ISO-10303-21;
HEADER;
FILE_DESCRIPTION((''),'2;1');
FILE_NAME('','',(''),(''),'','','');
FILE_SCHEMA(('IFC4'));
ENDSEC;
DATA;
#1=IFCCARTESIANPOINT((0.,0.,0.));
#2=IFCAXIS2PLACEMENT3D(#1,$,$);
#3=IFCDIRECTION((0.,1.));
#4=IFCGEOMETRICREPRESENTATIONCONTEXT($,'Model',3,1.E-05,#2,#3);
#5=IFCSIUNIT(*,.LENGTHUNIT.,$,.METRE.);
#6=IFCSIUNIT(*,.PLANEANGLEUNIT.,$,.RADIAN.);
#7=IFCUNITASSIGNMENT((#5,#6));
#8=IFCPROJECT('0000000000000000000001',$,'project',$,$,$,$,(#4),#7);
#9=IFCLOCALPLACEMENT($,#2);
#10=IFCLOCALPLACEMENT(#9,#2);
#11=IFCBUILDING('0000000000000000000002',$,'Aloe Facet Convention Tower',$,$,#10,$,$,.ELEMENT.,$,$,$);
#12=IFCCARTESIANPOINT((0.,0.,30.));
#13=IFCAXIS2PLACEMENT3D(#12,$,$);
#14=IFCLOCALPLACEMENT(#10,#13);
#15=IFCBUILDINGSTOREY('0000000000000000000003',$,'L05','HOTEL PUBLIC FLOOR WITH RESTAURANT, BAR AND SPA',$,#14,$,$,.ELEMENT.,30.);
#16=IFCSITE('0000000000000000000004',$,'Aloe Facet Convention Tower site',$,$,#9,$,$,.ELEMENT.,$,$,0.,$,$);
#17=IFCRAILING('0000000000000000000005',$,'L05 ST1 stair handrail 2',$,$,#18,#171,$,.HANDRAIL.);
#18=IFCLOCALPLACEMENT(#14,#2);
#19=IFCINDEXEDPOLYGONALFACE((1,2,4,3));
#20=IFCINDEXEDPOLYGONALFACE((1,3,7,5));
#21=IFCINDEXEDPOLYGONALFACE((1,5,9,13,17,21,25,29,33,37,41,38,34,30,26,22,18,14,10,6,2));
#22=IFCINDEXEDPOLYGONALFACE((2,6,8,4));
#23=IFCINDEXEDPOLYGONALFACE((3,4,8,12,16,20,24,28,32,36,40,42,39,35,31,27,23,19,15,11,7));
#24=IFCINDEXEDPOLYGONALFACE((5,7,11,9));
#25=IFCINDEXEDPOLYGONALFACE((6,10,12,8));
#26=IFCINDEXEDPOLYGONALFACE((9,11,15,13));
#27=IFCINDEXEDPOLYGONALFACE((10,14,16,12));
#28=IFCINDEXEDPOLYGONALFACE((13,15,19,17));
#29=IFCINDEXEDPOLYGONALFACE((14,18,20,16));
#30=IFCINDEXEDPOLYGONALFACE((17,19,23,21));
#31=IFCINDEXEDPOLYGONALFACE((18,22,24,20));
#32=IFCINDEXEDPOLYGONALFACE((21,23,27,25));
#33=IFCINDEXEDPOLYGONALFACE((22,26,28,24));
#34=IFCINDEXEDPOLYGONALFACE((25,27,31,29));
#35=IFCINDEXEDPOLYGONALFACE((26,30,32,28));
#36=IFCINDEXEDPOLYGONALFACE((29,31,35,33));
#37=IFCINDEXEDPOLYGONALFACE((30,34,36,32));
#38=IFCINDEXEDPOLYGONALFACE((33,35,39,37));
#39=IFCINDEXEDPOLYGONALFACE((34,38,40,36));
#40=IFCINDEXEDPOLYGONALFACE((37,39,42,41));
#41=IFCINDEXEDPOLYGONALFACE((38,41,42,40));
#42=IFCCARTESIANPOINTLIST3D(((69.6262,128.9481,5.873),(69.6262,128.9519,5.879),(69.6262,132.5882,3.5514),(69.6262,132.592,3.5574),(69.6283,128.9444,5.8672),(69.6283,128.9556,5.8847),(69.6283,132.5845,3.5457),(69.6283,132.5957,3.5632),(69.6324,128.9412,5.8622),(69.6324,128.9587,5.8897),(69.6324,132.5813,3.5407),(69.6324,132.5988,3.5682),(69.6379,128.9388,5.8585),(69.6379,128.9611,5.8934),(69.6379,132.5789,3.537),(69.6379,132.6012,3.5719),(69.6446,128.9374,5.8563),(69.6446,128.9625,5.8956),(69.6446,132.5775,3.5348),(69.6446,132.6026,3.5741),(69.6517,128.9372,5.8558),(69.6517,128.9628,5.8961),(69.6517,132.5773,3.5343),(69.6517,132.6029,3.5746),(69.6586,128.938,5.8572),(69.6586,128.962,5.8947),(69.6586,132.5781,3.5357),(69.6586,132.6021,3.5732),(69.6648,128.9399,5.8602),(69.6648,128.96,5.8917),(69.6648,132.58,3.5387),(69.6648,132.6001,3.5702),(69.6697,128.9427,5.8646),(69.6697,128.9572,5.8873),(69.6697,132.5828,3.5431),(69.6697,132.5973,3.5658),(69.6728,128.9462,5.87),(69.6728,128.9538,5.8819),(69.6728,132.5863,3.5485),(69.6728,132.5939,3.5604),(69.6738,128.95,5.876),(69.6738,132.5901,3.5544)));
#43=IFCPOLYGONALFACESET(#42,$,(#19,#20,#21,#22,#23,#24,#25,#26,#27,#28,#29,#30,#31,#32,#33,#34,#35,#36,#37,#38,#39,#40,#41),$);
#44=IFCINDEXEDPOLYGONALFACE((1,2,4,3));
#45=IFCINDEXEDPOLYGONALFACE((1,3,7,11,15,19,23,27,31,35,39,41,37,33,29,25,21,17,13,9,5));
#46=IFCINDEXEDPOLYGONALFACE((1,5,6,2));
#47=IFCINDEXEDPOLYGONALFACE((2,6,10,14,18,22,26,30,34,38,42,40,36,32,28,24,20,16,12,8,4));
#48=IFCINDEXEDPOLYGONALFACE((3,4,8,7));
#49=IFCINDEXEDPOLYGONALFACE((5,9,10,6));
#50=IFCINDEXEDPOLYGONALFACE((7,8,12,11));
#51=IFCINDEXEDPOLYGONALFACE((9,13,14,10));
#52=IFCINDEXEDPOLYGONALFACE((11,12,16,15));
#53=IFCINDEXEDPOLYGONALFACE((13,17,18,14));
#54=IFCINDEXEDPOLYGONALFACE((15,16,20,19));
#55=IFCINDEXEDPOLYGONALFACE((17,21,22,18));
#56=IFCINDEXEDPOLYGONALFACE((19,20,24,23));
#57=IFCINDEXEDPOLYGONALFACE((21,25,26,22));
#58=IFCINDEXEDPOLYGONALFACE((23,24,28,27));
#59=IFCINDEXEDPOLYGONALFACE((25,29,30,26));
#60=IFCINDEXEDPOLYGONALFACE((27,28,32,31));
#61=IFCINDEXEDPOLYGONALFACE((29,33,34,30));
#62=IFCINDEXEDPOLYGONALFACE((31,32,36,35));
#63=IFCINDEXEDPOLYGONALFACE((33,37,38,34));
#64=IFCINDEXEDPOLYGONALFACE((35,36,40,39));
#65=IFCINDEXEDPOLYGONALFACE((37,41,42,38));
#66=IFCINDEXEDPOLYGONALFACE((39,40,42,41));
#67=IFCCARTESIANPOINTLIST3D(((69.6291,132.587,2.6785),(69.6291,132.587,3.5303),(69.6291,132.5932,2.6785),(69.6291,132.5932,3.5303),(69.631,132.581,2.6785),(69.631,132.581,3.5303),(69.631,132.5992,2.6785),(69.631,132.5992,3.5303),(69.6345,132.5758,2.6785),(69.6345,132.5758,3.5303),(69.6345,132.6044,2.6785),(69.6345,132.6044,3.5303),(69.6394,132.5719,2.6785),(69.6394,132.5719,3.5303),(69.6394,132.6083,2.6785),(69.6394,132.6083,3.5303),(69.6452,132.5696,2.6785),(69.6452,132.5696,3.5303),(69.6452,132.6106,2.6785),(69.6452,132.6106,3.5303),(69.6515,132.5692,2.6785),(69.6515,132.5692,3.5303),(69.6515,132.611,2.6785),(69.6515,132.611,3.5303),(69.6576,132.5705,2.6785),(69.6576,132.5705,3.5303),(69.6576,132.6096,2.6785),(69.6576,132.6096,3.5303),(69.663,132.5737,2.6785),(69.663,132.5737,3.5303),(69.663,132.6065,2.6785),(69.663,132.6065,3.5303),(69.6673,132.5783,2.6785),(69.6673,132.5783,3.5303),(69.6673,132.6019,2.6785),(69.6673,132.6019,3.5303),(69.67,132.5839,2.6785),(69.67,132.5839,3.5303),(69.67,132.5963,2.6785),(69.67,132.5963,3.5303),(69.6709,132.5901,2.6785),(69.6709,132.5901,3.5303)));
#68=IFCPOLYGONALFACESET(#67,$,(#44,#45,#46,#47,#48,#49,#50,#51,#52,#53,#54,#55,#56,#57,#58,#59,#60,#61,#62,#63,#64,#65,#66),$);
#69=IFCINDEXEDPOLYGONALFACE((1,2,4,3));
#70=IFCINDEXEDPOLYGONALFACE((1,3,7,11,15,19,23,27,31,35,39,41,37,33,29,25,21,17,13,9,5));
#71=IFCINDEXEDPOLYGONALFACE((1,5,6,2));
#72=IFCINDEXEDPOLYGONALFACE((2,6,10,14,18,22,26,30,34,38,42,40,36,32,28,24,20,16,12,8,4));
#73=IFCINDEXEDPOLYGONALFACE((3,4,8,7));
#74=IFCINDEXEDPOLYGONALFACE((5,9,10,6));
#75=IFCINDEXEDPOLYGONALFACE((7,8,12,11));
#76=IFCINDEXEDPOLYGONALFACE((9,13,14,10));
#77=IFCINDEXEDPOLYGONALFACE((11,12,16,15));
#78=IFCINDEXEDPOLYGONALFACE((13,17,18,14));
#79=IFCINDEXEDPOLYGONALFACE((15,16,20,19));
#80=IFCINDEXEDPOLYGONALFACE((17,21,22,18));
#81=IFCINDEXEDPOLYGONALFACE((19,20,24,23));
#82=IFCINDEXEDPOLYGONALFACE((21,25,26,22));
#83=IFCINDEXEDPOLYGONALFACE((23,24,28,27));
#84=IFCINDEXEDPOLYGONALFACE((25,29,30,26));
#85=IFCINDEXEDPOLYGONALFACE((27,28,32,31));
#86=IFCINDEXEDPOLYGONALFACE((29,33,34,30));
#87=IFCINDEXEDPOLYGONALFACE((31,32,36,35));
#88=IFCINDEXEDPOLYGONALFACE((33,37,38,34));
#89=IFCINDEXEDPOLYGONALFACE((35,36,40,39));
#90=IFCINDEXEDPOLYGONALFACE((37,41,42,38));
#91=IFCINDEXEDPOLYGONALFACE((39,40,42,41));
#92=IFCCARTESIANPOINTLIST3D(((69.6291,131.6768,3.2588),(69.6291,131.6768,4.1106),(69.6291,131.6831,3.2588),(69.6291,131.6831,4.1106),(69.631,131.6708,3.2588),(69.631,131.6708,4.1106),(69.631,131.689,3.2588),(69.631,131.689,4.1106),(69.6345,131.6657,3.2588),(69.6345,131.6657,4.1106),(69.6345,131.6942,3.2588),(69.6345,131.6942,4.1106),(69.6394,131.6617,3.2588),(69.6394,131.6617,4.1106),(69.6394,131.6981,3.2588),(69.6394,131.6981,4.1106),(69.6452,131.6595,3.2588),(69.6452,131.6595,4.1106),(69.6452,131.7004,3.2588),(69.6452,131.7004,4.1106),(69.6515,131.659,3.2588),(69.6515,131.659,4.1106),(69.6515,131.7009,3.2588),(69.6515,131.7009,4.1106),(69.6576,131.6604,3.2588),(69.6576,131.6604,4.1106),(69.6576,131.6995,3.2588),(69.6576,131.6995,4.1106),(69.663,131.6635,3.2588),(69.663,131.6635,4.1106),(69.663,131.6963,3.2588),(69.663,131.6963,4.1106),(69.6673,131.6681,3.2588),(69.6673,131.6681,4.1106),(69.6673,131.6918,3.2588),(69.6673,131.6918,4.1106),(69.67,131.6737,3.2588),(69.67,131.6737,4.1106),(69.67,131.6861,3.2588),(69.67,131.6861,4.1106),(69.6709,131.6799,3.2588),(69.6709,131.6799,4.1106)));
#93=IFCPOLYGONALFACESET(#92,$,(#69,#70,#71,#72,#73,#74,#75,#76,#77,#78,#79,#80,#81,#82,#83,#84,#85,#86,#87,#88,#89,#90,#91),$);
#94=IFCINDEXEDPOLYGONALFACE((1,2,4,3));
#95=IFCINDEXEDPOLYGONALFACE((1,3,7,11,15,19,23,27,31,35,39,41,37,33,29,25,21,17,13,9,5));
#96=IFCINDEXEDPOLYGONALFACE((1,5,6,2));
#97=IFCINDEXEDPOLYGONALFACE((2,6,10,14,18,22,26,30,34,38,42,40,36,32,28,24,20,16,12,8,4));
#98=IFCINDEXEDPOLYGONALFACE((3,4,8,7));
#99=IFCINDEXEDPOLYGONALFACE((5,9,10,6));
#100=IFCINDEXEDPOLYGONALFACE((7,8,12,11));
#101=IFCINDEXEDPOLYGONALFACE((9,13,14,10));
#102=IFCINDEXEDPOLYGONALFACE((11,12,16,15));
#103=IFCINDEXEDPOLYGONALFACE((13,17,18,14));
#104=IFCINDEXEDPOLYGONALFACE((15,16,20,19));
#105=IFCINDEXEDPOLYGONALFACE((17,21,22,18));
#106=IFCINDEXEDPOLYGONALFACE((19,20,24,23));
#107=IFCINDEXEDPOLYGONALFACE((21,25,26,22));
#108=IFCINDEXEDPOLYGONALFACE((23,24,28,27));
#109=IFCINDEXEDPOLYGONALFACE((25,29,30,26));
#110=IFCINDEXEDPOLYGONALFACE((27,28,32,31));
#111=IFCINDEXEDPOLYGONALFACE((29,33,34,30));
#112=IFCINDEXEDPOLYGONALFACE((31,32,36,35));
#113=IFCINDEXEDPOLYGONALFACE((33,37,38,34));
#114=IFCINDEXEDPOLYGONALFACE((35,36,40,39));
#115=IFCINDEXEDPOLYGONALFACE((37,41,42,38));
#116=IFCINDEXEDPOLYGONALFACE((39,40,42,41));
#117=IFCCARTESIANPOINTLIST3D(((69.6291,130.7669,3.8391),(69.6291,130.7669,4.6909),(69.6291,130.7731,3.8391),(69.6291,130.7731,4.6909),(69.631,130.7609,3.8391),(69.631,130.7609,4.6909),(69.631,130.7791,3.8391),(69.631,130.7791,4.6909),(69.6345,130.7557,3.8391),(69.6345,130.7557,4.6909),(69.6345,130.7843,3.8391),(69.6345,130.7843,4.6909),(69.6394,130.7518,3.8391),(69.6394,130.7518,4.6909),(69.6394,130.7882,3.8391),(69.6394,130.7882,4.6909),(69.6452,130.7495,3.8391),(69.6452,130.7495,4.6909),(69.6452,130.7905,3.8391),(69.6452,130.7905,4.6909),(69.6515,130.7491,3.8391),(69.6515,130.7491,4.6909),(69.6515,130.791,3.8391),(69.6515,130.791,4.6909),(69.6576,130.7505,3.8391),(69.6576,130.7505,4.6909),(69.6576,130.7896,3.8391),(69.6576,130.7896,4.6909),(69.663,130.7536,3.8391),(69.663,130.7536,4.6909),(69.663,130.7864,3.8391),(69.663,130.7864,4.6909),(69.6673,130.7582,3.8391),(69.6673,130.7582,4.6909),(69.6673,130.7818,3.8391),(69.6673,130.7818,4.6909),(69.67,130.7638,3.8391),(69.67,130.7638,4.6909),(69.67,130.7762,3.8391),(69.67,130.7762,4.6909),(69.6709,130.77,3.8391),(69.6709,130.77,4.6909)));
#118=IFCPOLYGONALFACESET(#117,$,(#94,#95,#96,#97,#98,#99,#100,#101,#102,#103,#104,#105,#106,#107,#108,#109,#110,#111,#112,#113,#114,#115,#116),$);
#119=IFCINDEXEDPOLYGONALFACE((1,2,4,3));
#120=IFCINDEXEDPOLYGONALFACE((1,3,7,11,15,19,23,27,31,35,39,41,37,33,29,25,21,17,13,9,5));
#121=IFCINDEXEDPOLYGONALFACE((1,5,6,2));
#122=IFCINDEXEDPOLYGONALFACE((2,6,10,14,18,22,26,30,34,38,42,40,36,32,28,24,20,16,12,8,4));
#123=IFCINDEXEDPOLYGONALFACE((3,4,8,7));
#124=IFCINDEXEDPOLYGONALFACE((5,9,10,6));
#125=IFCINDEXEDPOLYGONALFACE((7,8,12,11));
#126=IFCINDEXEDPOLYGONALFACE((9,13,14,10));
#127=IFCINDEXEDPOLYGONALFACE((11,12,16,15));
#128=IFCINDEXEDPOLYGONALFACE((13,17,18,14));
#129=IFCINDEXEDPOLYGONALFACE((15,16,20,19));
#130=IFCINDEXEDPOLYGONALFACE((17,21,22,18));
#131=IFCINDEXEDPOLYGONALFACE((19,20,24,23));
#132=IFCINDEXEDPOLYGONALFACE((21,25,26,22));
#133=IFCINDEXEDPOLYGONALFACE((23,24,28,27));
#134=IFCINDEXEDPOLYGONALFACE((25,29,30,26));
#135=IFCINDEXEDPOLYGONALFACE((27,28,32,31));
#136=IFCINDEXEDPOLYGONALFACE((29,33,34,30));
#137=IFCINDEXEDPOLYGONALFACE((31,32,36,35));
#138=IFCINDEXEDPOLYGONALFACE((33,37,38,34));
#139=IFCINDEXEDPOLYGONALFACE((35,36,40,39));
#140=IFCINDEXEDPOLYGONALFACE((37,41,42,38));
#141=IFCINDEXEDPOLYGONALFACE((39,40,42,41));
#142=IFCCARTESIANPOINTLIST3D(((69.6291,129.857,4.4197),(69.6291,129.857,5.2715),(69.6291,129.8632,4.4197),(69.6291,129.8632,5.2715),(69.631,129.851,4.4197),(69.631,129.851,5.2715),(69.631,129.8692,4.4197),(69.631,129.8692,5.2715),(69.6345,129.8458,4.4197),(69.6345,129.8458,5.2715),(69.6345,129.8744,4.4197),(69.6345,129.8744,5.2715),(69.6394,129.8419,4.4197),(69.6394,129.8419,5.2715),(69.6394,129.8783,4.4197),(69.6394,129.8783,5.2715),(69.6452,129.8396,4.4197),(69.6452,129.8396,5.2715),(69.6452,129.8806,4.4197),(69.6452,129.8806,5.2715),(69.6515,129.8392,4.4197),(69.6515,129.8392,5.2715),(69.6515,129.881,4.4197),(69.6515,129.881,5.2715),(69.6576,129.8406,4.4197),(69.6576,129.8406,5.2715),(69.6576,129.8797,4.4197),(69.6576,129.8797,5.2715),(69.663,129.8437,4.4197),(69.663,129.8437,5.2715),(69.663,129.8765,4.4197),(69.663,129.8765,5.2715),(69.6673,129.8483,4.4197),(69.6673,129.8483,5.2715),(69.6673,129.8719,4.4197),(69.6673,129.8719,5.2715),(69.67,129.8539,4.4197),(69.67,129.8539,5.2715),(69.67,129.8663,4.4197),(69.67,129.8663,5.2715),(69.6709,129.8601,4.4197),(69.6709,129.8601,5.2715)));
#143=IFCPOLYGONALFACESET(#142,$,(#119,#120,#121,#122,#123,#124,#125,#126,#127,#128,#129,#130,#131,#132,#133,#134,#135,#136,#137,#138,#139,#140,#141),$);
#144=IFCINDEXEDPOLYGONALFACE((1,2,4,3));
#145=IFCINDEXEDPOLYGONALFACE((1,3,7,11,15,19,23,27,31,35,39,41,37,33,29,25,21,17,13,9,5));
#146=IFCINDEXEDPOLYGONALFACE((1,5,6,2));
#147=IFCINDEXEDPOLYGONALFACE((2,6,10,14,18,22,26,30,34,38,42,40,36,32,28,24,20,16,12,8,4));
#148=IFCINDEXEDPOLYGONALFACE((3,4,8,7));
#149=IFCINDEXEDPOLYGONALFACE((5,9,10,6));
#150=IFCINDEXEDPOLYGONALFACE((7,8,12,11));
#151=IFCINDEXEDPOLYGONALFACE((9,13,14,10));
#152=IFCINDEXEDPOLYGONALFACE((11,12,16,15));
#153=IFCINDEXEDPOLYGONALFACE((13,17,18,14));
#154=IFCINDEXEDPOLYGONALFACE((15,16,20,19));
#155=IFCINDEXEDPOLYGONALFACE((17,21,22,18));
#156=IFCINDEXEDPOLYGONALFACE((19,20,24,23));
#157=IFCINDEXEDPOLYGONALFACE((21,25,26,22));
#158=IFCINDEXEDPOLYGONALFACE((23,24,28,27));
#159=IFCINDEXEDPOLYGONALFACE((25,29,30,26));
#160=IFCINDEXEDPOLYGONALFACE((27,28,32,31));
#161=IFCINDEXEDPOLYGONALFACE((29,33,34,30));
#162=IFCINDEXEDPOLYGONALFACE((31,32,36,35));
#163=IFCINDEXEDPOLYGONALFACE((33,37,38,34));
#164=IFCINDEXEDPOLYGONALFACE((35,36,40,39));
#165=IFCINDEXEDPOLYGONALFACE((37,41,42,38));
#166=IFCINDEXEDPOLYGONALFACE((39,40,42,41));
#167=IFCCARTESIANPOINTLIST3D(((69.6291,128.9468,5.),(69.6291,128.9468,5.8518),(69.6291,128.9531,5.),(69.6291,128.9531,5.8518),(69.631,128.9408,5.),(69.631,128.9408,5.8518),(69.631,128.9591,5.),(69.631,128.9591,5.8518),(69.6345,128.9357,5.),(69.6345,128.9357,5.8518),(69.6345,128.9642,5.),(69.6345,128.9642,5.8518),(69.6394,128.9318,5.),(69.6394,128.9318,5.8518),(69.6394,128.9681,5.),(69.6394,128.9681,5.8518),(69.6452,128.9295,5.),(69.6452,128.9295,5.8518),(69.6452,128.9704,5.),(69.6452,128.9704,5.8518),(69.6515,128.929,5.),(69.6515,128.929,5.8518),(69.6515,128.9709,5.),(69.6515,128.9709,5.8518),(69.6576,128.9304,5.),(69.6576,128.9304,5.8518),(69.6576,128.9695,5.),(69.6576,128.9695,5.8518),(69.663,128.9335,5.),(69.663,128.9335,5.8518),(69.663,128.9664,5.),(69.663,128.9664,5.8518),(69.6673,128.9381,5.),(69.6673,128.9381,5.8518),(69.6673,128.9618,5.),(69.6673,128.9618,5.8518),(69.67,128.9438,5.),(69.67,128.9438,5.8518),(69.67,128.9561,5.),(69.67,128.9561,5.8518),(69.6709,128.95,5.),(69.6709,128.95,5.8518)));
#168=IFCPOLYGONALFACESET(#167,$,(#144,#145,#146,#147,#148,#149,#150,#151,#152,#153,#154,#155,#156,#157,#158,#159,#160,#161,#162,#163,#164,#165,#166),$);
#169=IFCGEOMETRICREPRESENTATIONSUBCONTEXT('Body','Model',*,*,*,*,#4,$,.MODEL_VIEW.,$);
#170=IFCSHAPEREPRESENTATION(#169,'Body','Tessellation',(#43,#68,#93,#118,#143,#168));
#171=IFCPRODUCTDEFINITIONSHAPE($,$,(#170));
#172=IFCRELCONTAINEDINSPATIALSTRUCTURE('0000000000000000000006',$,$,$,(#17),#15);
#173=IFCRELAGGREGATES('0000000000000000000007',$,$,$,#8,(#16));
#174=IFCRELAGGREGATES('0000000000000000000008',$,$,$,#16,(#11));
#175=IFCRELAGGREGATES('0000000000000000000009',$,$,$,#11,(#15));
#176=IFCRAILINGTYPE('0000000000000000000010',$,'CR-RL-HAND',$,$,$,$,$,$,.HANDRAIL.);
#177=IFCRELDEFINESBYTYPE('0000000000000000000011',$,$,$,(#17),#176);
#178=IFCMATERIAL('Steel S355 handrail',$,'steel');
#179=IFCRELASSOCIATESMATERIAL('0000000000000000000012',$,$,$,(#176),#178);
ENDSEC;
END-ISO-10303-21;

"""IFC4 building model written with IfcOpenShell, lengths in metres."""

from ifc_helpers import new_model, si_unit, direction, frame, origin, origin_2d, place, context, subcontext, project, spatial, circle, extrude, material, type_object, element, save


model = new_model("IFC4")

# Units and contexts
model_context = context("Model", 3, precision=1e-05, world=origin(), true_north=direction((0.0, 1.0)))
body_context = subcontext(model_context, "Body", "Model", "MODEL_VIEW")
ifc_project = project(units=[si_unit("LENGTHUNIT", "METRE"), si_unit("PLANEANGLEUNIT", "RADIAN")], contexts=[model_context])

# Site, building, storey
site_placement = place(None, origin())
site = spatial("IfcSite", under=ifc_project, at=site_placement, Name="Aloe Facet Convention Tower site", CompositionType="ELEMENT", RefElevation=0.0)
building_placement = place(site_placement, origin())
building = spatial("IfcBuilding", under=site, at=building_placement, Name="Aloe Facet Convention Tower", CompositionType="ELEMENT")
storey_placement = place(building_placement, frame((0.0, 0.0, 30.0)))
storey = spatial("IfcBuildingStorey", under=building, at=storey_placement, Name="L05", Description="HOTEL PUBLIC FLOOR WITH RESTAURANT, BAR AND SPA", CompositionType="ELEMENT", Elevation=30.0)

# Railing
ifc_material_1 = material(Name="Steel S355 handrail", Category="steel")
railing_type_1 = type_object("IfcRailingType", Name="CR-RL-HAND", PredefinedType="HANDRAIL", material=ifc_material_1)
railing_1_placement = place(storey_placement, frame((69.6499, 132.5901, 2.6785)))
element("IfcRailing", 1, at=railing_1_placement, inside=storey, type_object=railing_type_1, Name="L05 ST1 stair handrail 2", PredefinedType="HANDRAIL", context=body_context, shape_type="SweptSolid", body=[
    extrude(circle(Radius=0.0239, at=origin_2d()), frame((0.0, 0.0, 0.876), z_axis=(0.0, -0.843128, 0.537713), x_axis=(1.0, 0.0, 0.0)), (0.0, 0.0, 1.0), 4.3174),
    extrude(circle(Radius=0.021, at=origin_2d()), origin(), (0.0, 0.0, 1.0), 0.8518),
    extrude(circle(Radius=0.021, at=origin_2d()), frame((0.0, -0.9102, 0.5803)), (0.0, 0.0, 1.0), 0.8518),
    extrude(circle(Radius=0.021, at=origin_2d()), frame((0.0, -1.8201, 1.1606)), (0.0, 0.0, 1.0), 0.8518),
    extrude(circle(Radius=0.021, at=origin_2d()), frame((0.0, -2.73, 1.7412)), (0.0, 0.0, 1.0), 0.8518),
    extrude(circle(Radius=0.021, at=origin_2d()), frame((0.0, -3.6401, 2.3215)), (0.0, 0.0, 1.0), 0.8518),
])

save(model, "model.ifc")
